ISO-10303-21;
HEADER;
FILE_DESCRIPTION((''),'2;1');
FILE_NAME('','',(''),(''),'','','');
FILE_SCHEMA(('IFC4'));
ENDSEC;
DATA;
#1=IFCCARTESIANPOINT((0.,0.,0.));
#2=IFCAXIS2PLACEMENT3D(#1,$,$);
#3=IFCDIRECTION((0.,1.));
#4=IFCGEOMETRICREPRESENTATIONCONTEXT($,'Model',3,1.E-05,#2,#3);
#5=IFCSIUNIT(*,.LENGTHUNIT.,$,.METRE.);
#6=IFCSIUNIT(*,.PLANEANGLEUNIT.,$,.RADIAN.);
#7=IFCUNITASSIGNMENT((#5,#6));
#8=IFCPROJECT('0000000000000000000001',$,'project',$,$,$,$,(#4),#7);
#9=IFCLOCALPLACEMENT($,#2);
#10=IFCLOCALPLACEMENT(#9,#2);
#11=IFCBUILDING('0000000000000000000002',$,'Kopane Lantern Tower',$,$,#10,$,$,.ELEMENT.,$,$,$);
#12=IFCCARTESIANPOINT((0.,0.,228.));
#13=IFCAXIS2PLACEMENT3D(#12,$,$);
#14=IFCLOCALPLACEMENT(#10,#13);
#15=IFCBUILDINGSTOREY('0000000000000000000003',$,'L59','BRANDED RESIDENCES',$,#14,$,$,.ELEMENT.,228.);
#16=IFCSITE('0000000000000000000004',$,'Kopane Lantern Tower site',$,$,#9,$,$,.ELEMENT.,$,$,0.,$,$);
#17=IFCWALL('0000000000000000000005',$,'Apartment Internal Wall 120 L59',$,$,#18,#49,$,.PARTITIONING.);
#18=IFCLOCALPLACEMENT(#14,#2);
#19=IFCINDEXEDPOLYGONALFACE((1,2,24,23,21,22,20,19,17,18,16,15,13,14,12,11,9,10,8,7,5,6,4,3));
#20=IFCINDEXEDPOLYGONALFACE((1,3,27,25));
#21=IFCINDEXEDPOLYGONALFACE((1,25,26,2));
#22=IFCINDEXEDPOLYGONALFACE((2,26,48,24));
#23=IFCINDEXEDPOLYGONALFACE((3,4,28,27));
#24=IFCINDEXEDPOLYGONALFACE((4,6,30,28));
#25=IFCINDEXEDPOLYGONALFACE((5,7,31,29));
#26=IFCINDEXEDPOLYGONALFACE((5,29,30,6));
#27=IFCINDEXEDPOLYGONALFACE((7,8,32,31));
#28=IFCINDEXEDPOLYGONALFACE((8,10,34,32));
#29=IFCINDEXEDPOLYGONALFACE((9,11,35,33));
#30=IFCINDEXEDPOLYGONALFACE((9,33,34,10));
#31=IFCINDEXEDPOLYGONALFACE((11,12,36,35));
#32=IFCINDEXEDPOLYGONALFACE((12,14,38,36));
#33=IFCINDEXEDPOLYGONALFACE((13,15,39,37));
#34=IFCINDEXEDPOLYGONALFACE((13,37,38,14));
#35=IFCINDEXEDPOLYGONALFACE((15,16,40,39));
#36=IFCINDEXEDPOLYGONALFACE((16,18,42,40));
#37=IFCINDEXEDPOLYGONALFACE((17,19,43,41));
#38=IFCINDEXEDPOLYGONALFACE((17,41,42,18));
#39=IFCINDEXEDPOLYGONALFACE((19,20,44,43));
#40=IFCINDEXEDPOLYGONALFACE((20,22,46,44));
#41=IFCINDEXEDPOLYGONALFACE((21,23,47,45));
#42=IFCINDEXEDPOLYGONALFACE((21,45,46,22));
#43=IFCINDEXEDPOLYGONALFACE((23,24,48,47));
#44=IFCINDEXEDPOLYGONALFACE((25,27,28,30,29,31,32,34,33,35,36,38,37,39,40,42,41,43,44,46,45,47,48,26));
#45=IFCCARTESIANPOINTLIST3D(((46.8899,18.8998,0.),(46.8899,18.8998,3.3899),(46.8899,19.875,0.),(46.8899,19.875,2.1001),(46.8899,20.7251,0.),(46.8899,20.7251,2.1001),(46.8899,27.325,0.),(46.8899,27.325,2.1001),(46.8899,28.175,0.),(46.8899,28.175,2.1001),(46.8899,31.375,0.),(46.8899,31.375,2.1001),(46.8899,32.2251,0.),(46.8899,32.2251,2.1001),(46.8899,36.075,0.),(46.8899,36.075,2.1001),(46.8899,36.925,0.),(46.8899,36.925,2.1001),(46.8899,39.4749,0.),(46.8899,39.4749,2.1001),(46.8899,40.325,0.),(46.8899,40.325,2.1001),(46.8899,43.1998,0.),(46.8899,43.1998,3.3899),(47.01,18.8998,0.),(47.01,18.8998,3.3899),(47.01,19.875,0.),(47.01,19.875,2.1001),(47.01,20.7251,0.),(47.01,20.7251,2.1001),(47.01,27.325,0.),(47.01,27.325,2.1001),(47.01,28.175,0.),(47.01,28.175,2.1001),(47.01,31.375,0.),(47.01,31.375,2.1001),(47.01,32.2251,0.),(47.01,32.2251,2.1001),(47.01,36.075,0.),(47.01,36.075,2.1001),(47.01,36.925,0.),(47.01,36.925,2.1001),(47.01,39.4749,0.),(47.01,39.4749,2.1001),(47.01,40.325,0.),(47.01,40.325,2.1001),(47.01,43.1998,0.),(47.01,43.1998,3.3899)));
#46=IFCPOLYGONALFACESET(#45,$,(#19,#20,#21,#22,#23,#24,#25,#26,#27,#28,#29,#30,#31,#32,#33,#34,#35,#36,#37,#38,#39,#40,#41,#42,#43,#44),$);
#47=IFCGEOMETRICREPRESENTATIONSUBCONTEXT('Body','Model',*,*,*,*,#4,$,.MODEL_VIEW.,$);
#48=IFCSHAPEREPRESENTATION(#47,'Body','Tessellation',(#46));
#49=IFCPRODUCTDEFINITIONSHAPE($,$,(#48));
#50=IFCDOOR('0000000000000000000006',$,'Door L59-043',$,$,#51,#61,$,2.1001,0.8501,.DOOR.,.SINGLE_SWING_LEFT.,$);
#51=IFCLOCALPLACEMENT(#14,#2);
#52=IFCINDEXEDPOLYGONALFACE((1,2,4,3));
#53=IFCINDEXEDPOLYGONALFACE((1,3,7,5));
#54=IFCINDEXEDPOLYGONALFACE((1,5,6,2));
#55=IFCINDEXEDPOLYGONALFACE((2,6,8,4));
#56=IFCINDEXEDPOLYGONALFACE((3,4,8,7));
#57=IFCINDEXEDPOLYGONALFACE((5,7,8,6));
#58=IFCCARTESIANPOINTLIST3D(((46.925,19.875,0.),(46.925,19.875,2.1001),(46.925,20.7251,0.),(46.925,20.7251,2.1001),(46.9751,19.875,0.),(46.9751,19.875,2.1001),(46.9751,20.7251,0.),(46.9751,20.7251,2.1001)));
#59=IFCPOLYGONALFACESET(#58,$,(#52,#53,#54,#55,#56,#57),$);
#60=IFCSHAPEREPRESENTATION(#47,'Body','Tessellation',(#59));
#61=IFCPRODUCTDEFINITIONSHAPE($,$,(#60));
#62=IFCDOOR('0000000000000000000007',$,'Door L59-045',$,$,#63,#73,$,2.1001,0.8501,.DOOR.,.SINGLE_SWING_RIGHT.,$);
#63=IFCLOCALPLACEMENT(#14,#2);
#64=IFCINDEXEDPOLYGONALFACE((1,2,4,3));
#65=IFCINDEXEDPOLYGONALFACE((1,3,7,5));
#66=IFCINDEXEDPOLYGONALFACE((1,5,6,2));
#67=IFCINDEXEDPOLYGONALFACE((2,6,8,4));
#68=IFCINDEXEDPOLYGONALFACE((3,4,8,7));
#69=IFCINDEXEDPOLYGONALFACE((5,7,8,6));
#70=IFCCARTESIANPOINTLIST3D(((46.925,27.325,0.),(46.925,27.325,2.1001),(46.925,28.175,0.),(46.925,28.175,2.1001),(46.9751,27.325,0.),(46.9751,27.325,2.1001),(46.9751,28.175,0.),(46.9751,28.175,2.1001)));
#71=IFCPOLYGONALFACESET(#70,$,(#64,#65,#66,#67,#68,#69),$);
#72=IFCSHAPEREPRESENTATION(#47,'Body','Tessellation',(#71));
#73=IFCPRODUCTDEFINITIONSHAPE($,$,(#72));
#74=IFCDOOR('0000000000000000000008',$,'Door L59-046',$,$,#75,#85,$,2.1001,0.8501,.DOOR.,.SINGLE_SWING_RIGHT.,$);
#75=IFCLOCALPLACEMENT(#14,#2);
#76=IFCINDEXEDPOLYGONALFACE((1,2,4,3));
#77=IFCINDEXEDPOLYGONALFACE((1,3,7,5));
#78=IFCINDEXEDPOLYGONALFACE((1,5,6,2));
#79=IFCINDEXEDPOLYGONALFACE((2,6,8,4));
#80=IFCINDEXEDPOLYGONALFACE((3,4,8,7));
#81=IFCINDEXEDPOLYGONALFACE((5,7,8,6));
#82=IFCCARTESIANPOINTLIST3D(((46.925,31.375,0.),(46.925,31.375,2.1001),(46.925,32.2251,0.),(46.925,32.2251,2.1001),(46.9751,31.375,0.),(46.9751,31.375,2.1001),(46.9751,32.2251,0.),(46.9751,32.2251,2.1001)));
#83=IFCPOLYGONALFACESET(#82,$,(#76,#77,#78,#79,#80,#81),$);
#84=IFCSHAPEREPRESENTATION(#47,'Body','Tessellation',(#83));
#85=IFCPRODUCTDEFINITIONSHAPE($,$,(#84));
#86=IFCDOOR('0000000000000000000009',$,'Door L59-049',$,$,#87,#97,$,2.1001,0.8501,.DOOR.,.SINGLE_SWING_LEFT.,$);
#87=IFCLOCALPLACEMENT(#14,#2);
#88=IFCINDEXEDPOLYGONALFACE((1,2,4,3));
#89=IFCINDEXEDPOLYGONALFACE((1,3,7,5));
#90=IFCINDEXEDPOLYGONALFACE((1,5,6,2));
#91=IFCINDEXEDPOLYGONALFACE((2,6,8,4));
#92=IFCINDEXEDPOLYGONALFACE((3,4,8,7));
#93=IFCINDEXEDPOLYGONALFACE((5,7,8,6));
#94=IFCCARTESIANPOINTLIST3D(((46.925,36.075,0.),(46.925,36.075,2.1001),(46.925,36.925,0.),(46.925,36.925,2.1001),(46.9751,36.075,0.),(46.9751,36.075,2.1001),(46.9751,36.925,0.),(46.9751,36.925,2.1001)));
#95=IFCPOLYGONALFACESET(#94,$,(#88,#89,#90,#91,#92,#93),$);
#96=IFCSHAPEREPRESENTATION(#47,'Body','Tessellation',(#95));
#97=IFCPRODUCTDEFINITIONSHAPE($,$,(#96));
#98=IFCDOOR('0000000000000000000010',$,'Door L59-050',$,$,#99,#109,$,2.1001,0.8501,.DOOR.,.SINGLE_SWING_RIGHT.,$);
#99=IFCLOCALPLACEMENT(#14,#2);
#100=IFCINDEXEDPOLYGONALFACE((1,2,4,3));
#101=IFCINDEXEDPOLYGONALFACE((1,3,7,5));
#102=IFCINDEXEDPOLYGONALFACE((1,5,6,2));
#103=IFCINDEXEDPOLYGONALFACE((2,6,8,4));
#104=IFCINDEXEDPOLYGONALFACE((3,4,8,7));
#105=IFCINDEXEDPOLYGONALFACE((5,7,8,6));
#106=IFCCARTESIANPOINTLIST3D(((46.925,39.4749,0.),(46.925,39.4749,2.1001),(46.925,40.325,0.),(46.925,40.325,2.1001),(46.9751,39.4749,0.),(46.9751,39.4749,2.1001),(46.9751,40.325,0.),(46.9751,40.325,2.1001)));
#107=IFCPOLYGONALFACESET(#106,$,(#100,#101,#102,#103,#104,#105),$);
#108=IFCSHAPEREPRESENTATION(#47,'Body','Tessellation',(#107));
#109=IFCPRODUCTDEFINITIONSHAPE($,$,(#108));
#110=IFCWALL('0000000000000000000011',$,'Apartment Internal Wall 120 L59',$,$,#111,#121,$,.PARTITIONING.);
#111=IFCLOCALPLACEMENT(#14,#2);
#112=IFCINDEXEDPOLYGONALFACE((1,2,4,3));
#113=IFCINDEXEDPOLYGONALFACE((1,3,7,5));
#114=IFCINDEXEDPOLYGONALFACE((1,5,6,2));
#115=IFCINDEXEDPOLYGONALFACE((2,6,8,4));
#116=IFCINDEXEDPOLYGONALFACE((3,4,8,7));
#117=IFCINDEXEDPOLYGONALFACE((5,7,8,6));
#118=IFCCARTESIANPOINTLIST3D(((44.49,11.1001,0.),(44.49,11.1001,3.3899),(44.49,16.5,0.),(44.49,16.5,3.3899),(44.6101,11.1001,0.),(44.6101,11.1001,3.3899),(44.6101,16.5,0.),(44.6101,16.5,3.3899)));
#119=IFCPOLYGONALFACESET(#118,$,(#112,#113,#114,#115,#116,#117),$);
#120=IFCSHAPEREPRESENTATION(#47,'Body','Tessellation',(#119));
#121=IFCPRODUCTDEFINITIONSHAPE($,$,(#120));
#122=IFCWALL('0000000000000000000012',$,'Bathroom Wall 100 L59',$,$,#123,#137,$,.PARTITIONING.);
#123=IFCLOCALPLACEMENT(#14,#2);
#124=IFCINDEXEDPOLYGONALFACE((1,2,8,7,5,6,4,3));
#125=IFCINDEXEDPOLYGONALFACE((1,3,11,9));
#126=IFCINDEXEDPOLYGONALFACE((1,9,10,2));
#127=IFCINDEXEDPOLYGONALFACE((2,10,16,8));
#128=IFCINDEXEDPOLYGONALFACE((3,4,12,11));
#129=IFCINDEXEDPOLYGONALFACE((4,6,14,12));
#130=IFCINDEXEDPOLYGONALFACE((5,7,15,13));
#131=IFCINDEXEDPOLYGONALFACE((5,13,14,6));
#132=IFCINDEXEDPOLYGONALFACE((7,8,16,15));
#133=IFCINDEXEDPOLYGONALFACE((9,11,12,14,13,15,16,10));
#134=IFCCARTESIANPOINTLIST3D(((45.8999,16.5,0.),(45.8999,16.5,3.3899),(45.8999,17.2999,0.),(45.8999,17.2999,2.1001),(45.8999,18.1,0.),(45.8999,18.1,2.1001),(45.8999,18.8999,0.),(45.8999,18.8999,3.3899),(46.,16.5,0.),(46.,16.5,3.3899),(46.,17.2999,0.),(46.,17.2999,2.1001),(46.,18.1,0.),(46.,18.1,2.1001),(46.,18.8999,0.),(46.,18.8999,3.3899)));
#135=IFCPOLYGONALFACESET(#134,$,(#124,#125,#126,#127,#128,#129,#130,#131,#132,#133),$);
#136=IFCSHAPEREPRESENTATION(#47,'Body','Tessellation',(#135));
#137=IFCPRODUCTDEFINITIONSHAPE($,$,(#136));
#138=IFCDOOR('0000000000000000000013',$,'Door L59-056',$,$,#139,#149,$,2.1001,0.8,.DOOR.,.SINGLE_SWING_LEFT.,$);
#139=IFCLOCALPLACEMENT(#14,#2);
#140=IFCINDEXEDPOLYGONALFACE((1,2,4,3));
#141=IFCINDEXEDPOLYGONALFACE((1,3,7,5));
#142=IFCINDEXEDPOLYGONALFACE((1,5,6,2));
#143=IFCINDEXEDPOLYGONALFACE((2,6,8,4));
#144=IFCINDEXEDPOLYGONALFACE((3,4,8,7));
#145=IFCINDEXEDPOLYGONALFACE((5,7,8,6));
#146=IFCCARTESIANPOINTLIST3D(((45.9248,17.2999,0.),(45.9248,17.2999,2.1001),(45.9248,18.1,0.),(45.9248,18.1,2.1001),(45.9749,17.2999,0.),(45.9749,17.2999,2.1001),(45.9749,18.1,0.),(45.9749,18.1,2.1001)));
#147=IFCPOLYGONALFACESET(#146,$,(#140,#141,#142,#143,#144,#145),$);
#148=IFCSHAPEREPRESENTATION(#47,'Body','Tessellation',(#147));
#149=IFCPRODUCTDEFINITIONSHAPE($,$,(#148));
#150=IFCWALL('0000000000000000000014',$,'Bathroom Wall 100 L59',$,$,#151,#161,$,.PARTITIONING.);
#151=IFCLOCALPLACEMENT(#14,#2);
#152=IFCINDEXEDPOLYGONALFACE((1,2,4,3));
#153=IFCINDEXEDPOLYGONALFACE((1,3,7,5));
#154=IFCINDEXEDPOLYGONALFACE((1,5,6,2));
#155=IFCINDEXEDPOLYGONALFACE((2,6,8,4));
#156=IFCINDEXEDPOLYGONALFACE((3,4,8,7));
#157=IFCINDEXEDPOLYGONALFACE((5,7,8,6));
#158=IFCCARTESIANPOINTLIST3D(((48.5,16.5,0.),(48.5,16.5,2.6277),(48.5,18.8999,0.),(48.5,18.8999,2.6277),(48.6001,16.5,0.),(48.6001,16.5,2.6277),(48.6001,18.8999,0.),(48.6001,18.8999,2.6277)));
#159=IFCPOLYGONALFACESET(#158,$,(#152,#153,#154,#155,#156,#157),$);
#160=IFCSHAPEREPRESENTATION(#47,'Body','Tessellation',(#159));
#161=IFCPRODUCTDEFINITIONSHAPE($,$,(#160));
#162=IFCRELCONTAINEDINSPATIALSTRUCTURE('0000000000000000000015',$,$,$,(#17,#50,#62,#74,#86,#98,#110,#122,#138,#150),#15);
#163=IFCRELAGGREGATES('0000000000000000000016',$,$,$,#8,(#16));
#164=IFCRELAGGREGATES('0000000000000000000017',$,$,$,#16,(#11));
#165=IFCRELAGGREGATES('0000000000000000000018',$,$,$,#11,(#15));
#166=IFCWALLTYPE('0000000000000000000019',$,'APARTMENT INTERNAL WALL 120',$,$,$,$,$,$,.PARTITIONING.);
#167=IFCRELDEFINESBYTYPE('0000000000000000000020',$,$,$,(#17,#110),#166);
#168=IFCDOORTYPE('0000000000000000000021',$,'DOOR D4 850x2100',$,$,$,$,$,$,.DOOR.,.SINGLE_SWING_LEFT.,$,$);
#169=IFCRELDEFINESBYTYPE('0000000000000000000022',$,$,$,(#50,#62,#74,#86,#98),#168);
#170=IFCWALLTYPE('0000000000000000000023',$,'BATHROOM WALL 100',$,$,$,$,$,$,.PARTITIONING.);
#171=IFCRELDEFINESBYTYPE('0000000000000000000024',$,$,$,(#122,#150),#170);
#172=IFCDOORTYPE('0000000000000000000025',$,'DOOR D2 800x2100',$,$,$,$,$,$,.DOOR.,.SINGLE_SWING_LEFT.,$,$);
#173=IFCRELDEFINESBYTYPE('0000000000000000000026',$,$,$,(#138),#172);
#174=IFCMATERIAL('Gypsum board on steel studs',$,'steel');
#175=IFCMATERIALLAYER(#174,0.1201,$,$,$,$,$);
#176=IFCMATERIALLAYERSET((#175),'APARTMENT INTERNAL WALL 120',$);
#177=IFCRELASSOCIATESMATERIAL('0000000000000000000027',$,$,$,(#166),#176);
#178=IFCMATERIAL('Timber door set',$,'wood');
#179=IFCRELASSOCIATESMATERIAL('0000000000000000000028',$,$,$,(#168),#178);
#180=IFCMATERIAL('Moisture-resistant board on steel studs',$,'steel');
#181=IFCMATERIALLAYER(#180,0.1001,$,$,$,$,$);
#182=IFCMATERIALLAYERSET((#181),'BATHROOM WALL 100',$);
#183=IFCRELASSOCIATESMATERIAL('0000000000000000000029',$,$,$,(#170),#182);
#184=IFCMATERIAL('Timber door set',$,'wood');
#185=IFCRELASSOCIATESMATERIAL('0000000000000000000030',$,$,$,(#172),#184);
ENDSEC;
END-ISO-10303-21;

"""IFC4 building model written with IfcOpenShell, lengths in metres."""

from ifc_helpers import new_model, si_unit, direction, frame, frame_2d, origin, place, context, subcontext, project, spatial, rectangle, extrude, material, layer, layer_set, type_object, element, fill, save


model = new_model("IFC4")

# Units and contexts
model_context = context("Model", 3, precision=1e-05, world=origin(), true_north=direction((0.0, 1.0)))
body_context = subcontext(model_context, "Body", "Model", "MODEL_VIEW")
ifc_project = project(units=[si_unit("LENGTHUNIT", "METRE"), si_unit("PLANEANGLEUNIT", "RADIAN")], contexts=[model_context])

# Site, building, storey
site_placement = place(None, origin())
site = spatial("IfcSite", under=ifc_project, at=site_placement, Name="Kopane Lantern Tower site", CompositionType="ELEMENT", RefElevation=0.0)
building_placement = place(site_placement, origin())
building = spatial("IfcBuilding", under=site, at=building_placement, Name="Kopane Lantern Tower", CompositionType="ELEMENT")
storey_placement = place(building_placement, frame((0.0, 0.0, 228.0)))
storey = spatial("IfcBuildingStorey", under=building, at=storey_placement, Name="L59", Description="BRANDED RESIDENCES", CompositionType="ELEMENT", Elevation=228.0)

# Wall, openings, doors
ifc_material_1 = material(Name="Gypsum board on steel studs", Category="steel")
ifc_layer_1 = layer(ifc_material_1, 0.1201)
ifc_layer_set_1 = layer_set([ifc_layer_1], Name="APARTMENT INTERNAL WALL 120")
wall_type_1 = type_object("IfcWallType", Name="APARTMENT INTERNAL WALL 120", PredefinedType="PARTITIONING", material=ifc_layer_set_1)
wall_1_placement = place(storey_placement, frame((46.95, 18.8999, 0.0), z_axis=(0.0, 0.0, 1.0), x_axis=(0.0, 1.0, 0.0)))
wall_1 = element("IfcWall", 1, at=wall_1_placement, inside=storey, type_object=wall_type_1, Name="Apartment Internal Wall 120 L59", PredefinedType="PARTITIONING", context=body_context, shape_type="SweptSolid", body=[
    extrude(rectangle(XDim=24.3, YDim=0.1201, at=frame_2d((12.1499, 0.0))), origin(), (0.0, 0.0, 1.0), 3.3899),
])
opening_1_placement = place(wall_1_placement, frame((0.9751, 0.0, 0.0)))
opening_1 = element("IfcOpeningElement", 2, at=opening_1_placement, cuts=wall_1, PredefinedType="OPENING", context=body_context, shape_type="SweptSolid", body=[
    extrude(rectangle(XDim=0.8501, YDim=2.1001, at=frame_2d((0.425, 1.05))), frame((0.0, 0.0701, 0.0), z_axis=(0.0, -1.0, 0.0), x_axis=(1.0, 0.0, 0.0)), (0.0, 0.0, 1.0), 0.1401),
])
opening_2_placement = place(wall_1_placement, frame((8.425, 0.0, 0.0)))
opening_2 = element("IfcOpeningElement", 3, at=opening_2_placement, cuts=wall_1, PredefinedType="OPENING", context=body_context, shape_type="SweptSolid", body=[
    extrude(rectangle(XDim=0.8501, YDim=2.1001, at=frame_2d((0.425, 1.05))), frame((0.0, 0.0701, 0.0), z_axis=(0.0, -1.0, 0.0), x_axis=(1.0, 0.0, 0.0)), (0.0, 0.0, 1.0), 0.1401),
])
opening_3_placement = place(wall_1_placement, frame((12.4751, 0.0, 0.0)))
opening_3 = element("IfcOpeningElement", 4, at=opening_3_placement, cuts=wall_1, PredefinedType="OPENING", context=body_context, shape_type="SweptSolid", body=[
    extrude(rectangle(XDim=0.8501, YDim=2.1001, at=frame_2d((0.425, 1.05))), frame((0.0, 0.0701, 0.0), z_axis=(0.0, -1.0, 0.0), x_axis=(1.0, 0.0, 0.0)), (0.0, 0.0, 1.0), 0.1401),
])
opening_4_placement = place(wall_1_placement, frame((17.175, 0.0, 0.0)))
opening_4 = element("IfcOpeningElement", 5, at=opening_4_placement, cuts=wall_1, PredefinedType="OPENING", context=body_context, shape_type="SweptSolid", body=[
    extrude(rectangle(XDim=0.8501, YDim=2.1001, at=frame_2d((0.425, 1.05))), frame((0.0, 0.0701, 0.0), z_axis=(0.0, -1.0, 0.0), x_axis=(1.0, 0.0, 0.0)), (0.0, 0.0, 1.0), 0.1401),
])
opening_5_placement = place(wall_1_placement, frame((20.575, 0.0, 0.0)))
opening_5 = element("IfcOpeningElement", 6, at=opening_5_placement, cuts=wall_1, PredefinedType="OPENING", context=body_context, shape_type="SweptSolid", body=[
    extrude(rectangle(XDim=0.8501, YDim=2.1001, at=frame_2d((0.425, 1.05))), frame((0.0, 0.0701, 0.0), z_axis=(0.0, -1.0, 0.0), x_axis=(1.0, 0.0, 0.0)), (0.0, 0.0, 1.0), 0.1401),
])
ifc_material_2 = material(Name="Timber door set", Category="wood")
door_type_1 = type_object("IfcDoorType", Name="DOOR D4 850x2100", OperationType="SINGLE_SWING_LEFT", PredefinedType="DOOR", material=ifc_material_2)
door_1_placement = place(opening_1_placement, origin())
door_1 = element("IfcDoor", 7, at=door_1_placement, inside=storey, type_object=door_type_1, Name="Door L59-043", OperationType="SINGLE_SWING_LEFT", OverallHeight=2.1001, OverallWidth=0.8501, PredefinedType="DOOR", context=body_context, shape_type="SweptSolid", body=[
    extrude(rectangle(XDim=0.8501, YDim=2.1001, at=frame_2d((0.425, 1.05))), frame((0.0, 0.0249, 0.0), z_axis=(0.0, -1.0, 0.0), x_axis=(1.0, 0.0, 0.0)), (0.0, 0.0, 1.0), 0.05),
])
fill(opening_1, door_1)
door_2_placement = place(opening_2_placement, origin())
door_2 = element("IfcDoor", 8, at=door_2_placement, inside=storey, type_object=door_type_1, Name="Door L59-045", OperationType="SINGLE_SWING_RIGHT", OverallHeight=2.1001, OverallWidth=0.8501, PredefinedType="DOOR", context=body_context, shape_type="SweptSolid", body=[
    extrude(rectangle(XDim=0.8501, YDim=2.1001, at=frame_2d((0.425, 1.05))), frame((0.0, 0.0249, 0.0), z_axis=(0.0, -1.0, 0.0), x_axis=(1.0, 0.0, 0.0)), (0.0, 0.0, 1.0), 0.05),
])
fill(opening_2, door_2)
door_3_placement = place(opening_3_placement, origin())
door_3 = element("IfcDoor", 9, at=door_3_placement, inside=storey, type_object=door_type_1, Name="Door L59-046", OperationType="SINGLE_SWING_RIGHT", OverallHeight=2.1001, OverallWidth=0.8501, PredefinedType="DOOR", context=body_context, shape_type="SweptSolid", body=[
    extrude(rectangle(XDim=0.8501, YDim=2.1001, at=frame_2d((0.425, 1.05))), frame((0.0, 0.0249, 0.0), z_axis=(0.0, -1.0, 0.0), x_axis=(1.0, 0.0, 0.0)), (0.0, 0.0, 1.0), 0.05),
])
fill(opening_3, door_3)
door_4_placement = place(opening_4_placement, origin())
door_4 = element("IfcDoor", 10, at=door_4_placement, inside=storey, type_object=door_type_1, Name="Door L59-049", OperationType="SINGLE_SWING_LEFT", OverallHeight=2.1001, OverallWidth=0.8501, PredefinedType="DOOR", context=body_context, shape_type="SweptSolid", body=[
    extrude(rectangle(XDim=0.8501, YDim=2.1001, at=frame_2d((0.425, 1.05))), frame((0.0, 0.0249, 0.0), z_axis=(0.0, -1.0, 0.0), x_axis=(1.0, 0.0, 0.0)), (0.0, 0.0, 1.0), 0.05),
])
fill(opening_4, door_4)
door_5_placement = place(opening_5_placement, origin())
door_5 = element("IfcDoor", 11, at=door_5_placement, inside=storey, type_object=door_type_1, Name="Door L59-050", OperationType="SINGLE_SWING_RIGHT", OverallHeight=2.1001, OverallWidth=0.8501, PredefinedType="DOOR", context=body_context, shape_type="SweptSolid", body=[
    extrude(rectangle(XDim=0.8501, YDim=2.1001, at=frame_2d((0.425, 1.05))), frame((0.0, 0.0249, 0.0), z_axis=(0.0, -1.0, 0.0), x_axis=(1.0, 0.0, 0.0)), (0.0, 0.0, 1.0), 0.05),
])
fill(opening_5, door_5)

# Wall
wall_2_placement = place(storey_placement, frame((44.55, 16.5, 0.0), z_axis=(0.0, 0.0, 1.0), x_axis=(0.0, -1.0, 0.0)))
element("IfcWall", 12, at=wall_2_placement, inside=storey, type_object=wall_type_1, Name="Apartment Internal Wall 120 L59", PredefinedType="PARTITIONING", context=body_context, shape_type="SweptSolid", body=[
    extrude(rectangle(XDim=5.3999, YDim=0.1201, at=frame_2d((2.7, 0.0))), origin(), (0.0, 0.0, 1.0), 3.3899),
])

# Wall, opening, door
ifc_material_3 = material(Name="Moisture-resistant board on steel studs", Category="steel")
ifc_layer_2 = layer(ifc_material_3, 0.1001)
ifc_layer_set_2 = layer_set([ifc_layer_2], Name="BATHROOM WALL 100")
wall_type_2 = type_object("IfcWallType", Name="BATHROOM WALL 100", PredefinedType="PARTITIONING", material=ifc_layer_set_2)
wall_3_placement = place(storey_placement, frame((45.95, 18.8999, 0.0), z_axis=(0.0, 0.0, 1.0), x_axis=(0.0, -1.0, 0.0)))
wall_3 = element("IfcWall", 13, at=wall_3_placement, inside=storey, type_object=wall_type_2, Name="Bathroom Wall 100 L59", PredefinedType="PARTITIONING", context=body_context, shape_type="SweptSolid", body=[
    extrude(rectangle(XDim=2.3999, YDim=0.1001, at=frame_2d((1.2, 0.0))), origin(), (0.0, 0.0, 1.0), 3.3899),
])
opening_6_placement = place(wall_3_placement, frame((0.8, 0.0, 0.0)))
opening_6 = element("IfcOpeningElement", 14, at=opening_6_placement, cuts=wall_3, PredefinedType="OPENING", context=body_context, shape_type="SweptSolid", body=[
    extrude(rectangle(XDim=0.8, YDim=2.1001, at=frame_2d((0.3999, 1.05))), frame((0.0, 0.0601, 0.0), z_axis=(0.0, -1.0, 0.0), x_axis=(1.0, 0.0, 0.0)), (0.0, 0.0, 1.0), 0.1201),
])
ifc_material_4 = material(Name="Timber door set", Category="wood")
door_type_2 = type_object("IfcDoorType", Name="DOOR D2 800x2100", OperationType="SINGLE_SWING_LEFT", PredefinedType="DOOR", material=ifc_material_4)
door_6_placement = place(opening_6_placement, origin())
door_6 = element("IfcDoor", 15, at=door_6_placement, inside=storey, type_object=door_type_2, Name="Door L59-056", OperationType="SINGLE_SWING_LEFT", OverallHeight=2.1001, OverallWidth=0.8, PredefinedType="DOOR", context=body_context, shape_type="SweptSolid", body=[
    extrude(rectangle(XDim=0.8, YDim=2.1001, at=frame_2d((0.3999, 1.05))), frame((0.0, 0.0249, 0.0), z_axis=(0.0, -1.0, 0.0), x_axis=(1.0, 0.0, 0.0)), (0.0, 0.0, 1.0), 0.05),
])
fill(opening_6, door_6)

# Wall
wall_4_placement = place(storey_placement, frame((48.55, 18.8999, 0.0), z_axis=(0.0, 0.0, 1.0), x_axis=(0.0, -1.0, 0.0)))
element("IfcWall", 16, at=wall_4_placement, inside=storey, type_object=wall_type_2, Name="Bathroom Wall 100 L59", PredefinedType="PARTITIONING", context=body_context, shape_type="SweptSolid", body=[
    extrude(rectangle(XDim=2.3999, YDim=0.1001, at=frame_2d((1.2, 0.0))), origin(), (0.0, 0.0, 1.0), 2.6277),
])

save(model, "model.ifc")
